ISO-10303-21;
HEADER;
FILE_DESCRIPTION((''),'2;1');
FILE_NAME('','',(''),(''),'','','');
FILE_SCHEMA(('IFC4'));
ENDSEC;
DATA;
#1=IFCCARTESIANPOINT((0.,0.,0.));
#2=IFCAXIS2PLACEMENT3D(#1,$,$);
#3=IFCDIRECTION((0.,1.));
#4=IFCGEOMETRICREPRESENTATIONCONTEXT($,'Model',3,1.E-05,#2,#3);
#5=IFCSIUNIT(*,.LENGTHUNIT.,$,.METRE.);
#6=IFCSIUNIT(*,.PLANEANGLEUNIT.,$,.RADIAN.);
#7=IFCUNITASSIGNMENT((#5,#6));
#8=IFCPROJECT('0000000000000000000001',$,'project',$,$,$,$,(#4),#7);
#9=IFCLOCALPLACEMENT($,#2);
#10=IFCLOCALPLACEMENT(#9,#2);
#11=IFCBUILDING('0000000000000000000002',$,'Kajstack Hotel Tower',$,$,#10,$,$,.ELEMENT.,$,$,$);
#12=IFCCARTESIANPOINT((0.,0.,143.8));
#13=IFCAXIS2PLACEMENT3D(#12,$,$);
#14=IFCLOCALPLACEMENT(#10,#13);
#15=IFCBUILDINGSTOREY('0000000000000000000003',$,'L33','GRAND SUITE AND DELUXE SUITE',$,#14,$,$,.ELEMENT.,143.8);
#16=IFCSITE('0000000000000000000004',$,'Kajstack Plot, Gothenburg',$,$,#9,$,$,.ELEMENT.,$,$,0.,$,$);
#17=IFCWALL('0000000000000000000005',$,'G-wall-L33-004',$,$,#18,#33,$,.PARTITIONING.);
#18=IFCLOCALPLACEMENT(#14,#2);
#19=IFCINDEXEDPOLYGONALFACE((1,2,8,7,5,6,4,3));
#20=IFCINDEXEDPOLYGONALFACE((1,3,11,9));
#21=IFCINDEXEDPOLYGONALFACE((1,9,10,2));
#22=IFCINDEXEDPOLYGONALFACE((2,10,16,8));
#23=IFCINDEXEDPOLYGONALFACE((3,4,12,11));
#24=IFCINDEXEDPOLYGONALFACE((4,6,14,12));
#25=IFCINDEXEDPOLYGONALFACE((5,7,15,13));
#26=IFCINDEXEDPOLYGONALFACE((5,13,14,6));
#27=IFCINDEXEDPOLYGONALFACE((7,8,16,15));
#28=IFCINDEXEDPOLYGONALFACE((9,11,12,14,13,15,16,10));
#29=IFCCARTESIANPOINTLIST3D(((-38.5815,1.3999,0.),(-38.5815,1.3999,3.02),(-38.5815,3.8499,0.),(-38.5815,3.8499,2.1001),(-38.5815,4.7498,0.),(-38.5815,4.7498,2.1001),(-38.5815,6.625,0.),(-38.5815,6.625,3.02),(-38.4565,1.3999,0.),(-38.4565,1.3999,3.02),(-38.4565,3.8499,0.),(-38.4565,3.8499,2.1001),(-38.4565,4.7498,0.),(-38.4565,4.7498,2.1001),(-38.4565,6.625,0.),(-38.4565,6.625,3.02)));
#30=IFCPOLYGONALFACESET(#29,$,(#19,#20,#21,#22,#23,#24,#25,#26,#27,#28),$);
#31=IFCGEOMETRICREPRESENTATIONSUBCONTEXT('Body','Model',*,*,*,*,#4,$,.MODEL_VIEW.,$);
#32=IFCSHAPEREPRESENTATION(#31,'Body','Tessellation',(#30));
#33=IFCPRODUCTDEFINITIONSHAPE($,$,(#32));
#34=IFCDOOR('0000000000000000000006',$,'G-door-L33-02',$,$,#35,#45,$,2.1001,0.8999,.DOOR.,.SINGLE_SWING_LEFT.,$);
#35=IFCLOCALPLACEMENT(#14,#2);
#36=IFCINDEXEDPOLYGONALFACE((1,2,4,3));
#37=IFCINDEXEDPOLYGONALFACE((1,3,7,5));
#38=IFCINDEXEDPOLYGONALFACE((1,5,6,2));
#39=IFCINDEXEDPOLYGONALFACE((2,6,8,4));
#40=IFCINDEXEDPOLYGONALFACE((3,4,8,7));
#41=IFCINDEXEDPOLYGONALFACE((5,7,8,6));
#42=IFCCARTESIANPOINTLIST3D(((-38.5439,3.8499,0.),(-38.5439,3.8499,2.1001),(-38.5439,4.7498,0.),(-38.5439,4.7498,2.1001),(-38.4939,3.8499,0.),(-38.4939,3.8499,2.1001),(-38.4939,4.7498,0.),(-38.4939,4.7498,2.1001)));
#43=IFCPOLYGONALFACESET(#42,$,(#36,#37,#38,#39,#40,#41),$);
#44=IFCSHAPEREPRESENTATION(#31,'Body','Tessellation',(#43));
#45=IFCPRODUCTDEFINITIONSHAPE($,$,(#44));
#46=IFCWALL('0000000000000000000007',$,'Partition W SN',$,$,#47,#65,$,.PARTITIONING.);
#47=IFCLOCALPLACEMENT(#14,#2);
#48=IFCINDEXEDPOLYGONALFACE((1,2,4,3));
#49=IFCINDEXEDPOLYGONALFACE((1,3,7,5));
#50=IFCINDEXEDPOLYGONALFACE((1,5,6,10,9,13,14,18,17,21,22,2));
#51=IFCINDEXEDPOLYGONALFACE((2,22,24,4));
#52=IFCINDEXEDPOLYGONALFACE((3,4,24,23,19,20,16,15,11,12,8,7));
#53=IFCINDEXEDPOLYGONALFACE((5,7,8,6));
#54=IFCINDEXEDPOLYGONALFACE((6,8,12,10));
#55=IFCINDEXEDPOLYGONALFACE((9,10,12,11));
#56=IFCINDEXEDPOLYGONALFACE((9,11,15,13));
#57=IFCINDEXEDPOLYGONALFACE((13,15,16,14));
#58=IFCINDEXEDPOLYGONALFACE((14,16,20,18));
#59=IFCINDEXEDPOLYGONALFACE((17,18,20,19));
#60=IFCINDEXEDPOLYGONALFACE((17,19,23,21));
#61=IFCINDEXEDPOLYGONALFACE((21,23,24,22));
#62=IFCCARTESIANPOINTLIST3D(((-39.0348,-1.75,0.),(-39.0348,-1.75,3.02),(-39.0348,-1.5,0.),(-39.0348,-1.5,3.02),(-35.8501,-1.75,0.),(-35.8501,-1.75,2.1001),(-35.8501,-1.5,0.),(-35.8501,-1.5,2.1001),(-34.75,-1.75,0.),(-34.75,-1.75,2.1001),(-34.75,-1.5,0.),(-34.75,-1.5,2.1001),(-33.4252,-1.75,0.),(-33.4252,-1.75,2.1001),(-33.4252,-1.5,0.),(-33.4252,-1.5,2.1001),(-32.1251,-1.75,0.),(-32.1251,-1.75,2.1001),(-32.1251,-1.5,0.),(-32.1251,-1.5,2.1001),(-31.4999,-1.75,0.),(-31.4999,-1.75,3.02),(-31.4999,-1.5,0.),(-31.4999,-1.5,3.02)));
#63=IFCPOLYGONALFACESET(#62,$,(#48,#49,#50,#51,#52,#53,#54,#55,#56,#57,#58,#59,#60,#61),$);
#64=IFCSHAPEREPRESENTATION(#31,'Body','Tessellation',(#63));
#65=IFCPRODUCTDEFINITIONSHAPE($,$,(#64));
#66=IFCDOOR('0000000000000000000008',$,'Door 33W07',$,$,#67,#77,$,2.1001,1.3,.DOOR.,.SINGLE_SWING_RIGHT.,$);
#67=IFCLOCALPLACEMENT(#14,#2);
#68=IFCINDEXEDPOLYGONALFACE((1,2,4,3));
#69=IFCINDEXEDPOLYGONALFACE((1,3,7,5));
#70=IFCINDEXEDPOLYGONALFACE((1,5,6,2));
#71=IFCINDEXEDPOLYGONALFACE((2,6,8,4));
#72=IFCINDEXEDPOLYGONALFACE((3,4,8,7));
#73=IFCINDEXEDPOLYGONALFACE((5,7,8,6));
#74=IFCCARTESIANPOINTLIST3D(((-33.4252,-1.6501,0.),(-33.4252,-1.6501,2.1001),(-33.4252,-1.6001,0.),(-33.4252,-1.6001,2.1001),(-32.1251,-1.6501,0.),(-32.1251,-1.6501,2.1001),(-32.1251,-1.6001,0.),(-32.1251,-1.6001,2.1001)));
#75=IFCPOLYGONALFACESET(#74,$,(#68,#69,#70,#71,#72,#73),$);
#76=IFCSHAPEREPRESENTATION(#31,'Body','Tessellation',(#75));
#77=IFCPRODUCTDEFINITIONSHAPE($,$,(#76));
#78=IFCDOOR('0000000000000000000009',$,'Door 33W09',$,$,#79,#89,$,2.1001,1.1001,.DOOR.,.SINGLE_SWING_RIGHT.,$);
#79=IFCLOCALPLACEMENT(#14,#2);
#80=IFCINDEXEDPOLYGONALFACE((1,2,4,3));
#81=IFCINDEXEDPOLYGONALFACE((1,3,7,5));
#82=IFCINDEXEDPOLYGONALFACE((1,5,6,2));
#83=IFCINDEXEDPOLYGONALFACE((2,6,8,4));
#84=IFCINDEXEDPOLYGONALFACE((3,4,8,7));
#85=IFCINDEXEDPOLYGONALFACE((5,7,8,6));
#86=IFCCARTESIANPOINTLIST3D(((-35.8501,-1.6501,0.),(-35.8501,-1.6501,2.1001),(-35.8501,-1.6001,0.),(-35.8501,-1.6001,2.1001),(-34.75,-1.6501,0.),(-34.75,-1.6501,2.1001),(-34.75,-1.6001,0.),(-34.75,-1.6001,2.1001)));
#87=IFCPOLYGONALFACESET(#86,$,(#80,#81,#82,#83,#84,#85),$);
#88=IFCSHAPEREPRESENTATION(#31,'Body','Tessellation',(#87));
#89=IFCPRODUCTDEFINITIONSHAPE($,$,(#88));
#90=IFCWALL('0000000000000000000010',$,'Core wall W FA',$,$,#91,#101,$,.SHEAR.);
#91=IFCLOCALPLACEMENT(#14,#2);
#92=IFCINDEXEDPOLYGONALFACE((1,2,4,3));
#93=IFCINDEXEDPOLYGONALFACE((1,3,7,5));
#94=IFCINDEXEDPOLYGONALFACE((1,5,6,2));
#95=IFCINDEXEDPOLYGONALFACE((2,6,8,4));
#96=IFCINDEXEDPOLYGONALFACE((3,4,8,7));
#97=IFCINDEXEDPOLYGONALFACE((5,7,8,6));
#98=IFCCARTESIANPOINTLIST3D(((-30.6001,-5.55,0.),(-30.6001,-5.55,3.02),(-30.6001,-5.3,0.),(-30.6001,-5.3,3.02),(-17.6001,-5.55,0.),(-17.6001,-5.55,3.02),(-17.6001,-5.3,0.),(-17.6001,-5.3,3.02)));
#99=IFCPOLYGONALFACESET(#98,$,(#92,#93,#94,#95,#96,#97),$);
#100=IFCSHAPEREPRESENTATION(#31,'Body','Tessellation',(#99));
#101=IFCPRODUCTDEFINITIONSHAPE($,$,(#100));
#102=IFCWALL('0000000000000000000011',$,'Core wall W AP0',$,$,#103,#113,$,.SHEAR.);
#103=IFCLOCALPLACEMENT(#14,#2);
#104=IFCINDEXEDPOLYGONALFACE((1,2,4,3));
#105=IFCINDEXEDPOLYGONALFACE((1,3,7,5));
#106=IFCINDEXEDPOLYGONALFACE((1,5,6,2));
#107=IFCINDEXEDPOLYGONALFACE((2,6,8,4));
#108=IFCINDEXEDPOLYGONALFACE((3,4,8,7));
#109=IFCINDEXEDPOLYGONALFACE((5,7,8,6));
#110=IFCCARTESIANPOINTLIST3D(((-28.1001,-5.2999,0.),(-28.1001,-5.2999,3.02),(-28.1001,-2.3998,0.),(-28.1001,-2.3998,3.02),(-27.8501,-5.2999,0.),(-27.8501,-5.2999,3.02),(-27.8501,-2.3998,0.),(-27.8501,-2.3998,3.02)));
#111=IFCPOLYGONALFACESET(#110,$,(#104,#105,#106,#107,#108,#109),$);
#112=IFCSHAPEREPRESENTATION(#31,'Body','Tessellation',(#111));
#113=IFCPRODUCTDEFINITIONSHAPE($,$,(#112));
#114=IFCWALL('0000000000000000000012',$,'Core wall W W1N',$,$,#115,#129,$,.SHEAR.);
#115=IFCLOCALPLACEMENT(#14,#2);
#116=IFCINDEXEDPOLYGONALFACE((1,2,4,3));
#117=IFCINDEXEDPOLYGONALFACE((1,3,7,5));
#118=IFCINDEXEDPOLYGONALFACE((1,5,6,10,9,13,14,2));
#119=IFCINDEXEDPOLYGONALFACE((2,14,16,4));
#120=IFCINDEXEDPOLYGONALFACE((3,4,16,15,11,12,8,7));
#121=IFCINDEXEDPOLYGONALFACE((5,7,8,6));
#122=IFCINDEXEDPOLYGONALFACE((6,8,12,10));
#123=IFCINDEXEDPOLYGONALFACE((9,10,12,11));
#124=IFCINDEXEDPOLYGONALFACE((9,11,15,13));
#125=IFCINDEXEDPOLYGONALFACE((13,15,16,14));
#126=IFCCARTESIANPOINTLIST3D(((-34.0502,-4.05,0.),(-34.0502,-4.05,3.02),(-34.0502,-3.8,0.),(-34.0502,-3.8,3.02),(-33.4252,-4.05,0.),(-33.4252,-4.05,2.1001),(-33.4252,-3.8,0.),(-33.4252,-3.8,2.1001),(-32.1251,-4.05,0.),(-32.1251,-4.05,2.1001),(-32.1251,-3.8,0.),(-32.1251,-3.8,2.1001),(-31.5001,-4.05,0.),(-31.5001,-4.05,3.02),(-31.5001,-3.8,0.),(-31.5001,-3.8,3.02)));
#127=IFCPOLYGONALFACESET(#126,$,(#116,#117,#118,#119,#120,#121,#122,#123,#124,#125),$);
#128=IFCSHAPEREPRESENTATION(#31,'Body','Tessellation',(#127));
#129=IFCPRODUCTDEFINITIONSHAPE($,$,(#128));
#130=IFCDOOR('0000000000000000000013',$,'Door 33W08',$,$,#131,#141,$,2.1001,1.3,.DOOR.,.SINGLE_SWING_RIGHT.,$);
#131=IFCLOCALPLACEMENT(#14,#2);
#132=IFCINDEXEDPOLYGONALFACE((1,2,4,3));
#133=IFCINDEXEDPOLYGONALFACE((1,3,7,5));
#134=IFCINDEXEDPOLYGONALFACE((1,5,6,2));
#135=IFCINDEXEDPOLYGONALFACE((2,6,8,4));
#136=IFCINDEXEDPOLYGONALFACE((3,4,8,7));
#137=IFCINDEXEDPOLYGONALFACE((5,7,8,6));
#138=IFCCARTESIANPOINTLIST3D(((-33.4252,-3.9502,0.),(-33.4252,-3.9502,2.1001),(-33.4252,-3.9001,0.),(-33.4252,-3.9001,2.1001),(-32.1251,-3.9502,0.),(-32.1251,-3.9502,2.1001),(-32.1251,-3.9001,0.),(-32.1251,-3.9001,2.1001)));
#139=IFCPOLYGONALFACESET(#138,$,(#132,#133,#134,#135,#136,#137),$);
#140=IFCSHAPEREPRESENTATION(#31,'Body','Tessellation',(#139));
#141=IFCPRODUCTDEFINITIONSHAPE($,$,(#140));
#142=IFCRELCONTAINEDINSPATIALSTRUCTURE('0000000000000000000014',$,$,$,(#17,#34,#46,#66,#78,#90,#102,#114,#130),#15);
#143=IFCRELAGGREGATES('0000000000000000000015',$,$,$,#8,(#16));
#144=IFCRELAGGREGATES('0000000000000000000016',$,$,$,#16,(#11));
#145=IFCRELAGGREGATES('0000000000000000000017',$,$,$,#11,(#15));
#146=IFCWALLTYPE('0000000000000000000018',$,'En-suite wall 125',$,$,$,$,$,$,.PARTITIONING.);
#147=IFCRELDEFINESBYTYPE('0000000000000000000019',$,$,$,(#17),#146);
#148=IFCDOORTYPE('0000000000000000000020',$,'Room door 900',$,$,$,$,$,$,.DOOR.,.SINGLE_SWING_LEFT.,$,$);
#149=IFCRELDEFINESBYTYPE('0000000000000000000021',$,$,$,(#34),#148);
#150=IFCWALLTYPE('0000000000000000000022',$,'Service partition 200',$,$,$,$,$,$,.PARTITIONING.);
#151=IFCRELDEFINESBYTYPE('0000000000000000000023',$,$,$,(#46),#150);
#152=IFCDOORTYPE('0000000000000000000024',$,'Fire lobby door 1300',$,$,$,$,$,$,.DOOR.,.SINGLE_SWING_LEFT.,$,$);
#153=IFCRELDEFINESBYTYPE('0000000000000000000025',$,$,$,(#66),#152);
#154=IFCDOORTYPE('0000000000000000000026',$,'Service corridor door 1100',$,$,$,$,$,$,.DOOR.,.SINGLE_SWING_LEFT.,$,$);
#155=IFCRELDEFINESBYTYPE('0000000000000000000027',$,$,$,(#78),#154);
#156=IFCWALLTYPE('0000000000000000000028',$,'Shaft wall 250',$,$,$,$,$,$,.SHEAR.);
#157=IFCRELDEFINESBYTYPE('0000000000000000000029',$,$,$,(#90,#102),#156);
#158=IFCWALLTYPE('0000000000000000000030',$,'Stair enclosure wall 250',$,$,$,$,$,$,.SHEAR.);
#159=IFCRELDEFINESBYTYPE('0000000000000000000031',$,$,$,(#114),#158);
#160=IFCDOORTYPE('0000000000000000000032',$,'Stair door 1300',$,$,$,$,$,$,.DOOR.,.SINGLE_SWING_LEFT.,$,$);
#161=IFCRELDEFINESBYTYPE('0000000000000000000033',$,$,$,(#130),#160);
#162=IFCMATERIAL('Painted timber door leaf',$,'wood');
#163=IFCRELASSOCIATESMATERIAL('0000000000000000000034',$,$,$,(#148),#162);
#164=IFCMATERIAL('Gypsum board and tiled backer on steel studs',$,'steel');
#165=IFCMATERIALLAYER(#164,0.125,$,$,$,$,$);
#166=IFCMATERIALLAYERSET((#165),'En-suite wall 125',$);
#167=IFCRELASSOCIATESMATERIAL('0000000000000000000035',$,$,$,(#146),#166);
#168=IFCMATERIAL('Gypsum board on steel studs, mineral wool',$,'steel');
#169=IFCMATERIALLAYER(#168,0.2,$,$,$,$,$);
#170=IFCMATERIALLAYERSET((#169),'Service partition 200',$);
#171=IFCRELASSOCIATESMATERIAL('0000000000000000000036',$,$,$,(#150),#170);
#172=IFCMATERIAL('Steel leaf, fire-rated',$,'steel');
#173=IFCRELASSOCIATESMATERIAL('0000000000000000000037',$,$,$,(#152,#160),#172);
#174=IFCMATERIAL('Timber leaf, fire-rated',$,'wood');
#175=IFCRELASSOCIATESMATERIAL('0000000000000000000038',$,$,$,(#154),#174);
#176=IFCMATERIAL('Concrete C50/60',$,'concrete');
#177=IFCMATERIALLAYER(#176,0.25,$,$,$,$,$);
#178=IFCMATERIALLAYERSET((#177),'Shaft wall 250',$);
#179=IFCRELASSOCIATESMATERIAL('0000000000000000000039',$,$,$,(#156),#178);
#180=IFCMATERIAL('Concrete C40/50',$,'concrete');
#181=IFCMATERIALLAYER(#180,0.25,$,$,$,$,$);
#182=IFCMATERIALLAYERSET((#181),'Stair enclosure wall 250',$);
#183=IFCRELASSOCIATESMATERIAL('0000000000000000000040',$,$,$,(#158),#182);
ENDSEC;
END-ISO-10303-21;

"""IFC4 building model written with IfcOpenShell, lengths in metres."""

from ifc_helpers import new_model, si_unit, direction, frame, frame_2d, origin, place, context, subcontext, project, spatial, rectangle, extrude, material, layer, layer_set, type_object, element, fill, save


model = new_model("IFC4")

# Units and contexts
model_context = context("Model", 3, precision=1e-05, world=origin(), true_north=direction((0.0, 1.0)))
body_context = subcontext(model_context, "Body", "Model", "MODEL_VIEW")
ifc_project = project(units=[si_unit("LENGTHUNIT", "METRE"), si_unit("PLANEANGLEUNIT", "RADIAN")], contexts=[model_context])

# Site, building, storey
site_placement = place(None, origin())
site = spatial("IfcSite", under=ifc_project, at=site_placement, Name="Kajstack Plot, Gothenburg", CompositionType="ELEMENT", RefElevation=0.0)
building_placement = place(site_placement, origin())
building = spatial("IfcBuilding", under=site, at=building_placement, Name="Kajstack Hotel Tower", CompositionType="ELEMENT")
storey_placement = place(building_placement, frame((0.0, 0.0, 143.8)))
storey = spatial("IfcBuildingStorey", under=building, at=storey_placement, Name="L33", Description="GRAND SUITE AND DELUXE SUITE", CompositionType="ELEMENT", Elevation=143.8)

# Shared definitions
ifc_material_1 = material(Name="Gypsum board on steel studs, mineral wool", Category="steel")
ifc_material_2 = material(Name="Painted timber door leaf", Category="wood")
door_type_1 = type_object("IfcDoorType", Name="Room door 900", OperationType="SINGLE_SWING_LEFT", PredefinedType="DOOR", material=ifc_material_2)

# Wall, opening, door
ifc_material_3 = material(Name="Gypsum board and tiled backer on steel studs", Category="steel")
ifc_layer_1 = layer(ifc_material_3, 0.125)
ifc_layer_set_1 = layer_set([ifc_layer_1], Name="En-suite wall 125")
wall_type_1 = type_object("IfcWallType", Name="En-suite wall 125", PredefinedType="PARTITIONING", material=ifc_layer_set_1)
wall_1_placement = place(storey_placement, frame((-38.519, 1.3999, 0.0), z_axis=(0.0, 0.0, 1.0), x_axis=(0.0, 1.0, 0.0)))
wall_1 = element("IfcWall", 1, at=wall_1_placement, inside=storey, type_object=wall_type_1, Name="G-wall-L33-004", PredefinedType="PARTITIONING", context=body_context, shape_type="SweptSolid", body=[
    extrude(rectangle(XDim=5.2251, YDim=0.125, at=frame_2d((2.6125, 0.0))), origin(), (0.0, 0.0, 1.0), 3.02),
])
opening_1_placement = place(wall_1_placement, frame((2.45, 0.0, 0.0)))
opening_1 = element("IfcOpeningElement", 2, at=opening_1_placement, cuts=wall_1, PredefinedType="OPENING", context=body_context, shape_type="SweptSolid", body=[
    extrude(rectangle(XDim=0.8999, YDim=2.1001, at=frame_2d((0.45, 1.05))), frame((0.0, 0.0725, 0.0), z_axis=(0.0, -1.0, 0.0), x_axis=(1.0, 0.0, 0.0)), (0.0, 0.0, 1.0), 0.145),
])
door_1_placement = place(opening_1_placement, origin())
door_1 = element("IfcDoor", 3, at=door_1_placement, inside=storey, type_object=door_type_1, Name="G-door-L33-02", OperationType="SINGLE_SWING_LEFT", OverallHeight=2.1001, OverallWidth=0.8999, PredefinedType="DOOR", context=body_context, shape_type="SweptSolid", body=[
    extrude(rectangle(XDim=0.8999, YDim=2.1001, at=frame_2d((0.45, 1.05))), frame((0.0, 0.0249, 0.0), z_axis=(0.0, -1.0, 0.0), x_axis=(1.0, 0.0, 0.0)), (0.0, 0.0, 1.0), 0.05),
])
fill(opening_1, door_1)

# Wall, openings, doors
ifc_layer_2 = layer(ifc_material_1, 0.2)
ifc_layer_set_2 = layer_set([ifc_layer_2], Name="Service partition 200")
wall_type_2 = type_object("IfcWallType", Name="Service partition 200", PredefinedType="PARTITIONING", material=ifc_layer_set_2)
wall_2_placement = place(storey_placement, frame((-39.0349, -1.625, 0.0), z_axis=(0.0, 0.0, 1.0), x_axis=(1.0, 0.0, 0.0)))
wall_2 = element("IfcWall", 4, at=wall_2_placement, inside=storey, type_object=wall_type_2, Name="Partition W SN", PredefinedType="PARTITIONING", context=body_context, shape_type="SweptSolid", body=[
    extrude(rectangle(XDim=7.5349, YDim=0.25, at=frame_2d((3.7676, 0.0))), origin(), (0.0, 0.0, 1.0), 3.02),
])
opening_2_placement = place(wall_2_placement, frame((5.6099, 0.0, 0.0)))
opening_2 = element("IfcOpeningElement", 5, at=opening_2_placement, cuts=wall_2, PredefinedType="OPENING", context=body_context, shape_type="SweptSolid", body=[
    extrude(rectangle(XDim=1.3, YDim=2.1001, at=frame_2d((0.6499, 1.05))), frame((0.0, 0.135, 0.0), z_axis=(0.0, -1.0, 0.0), x_axis=(1.0, 0.0, 0.0)), (0.0, 0.0, 1.0), 0.27),
])
opening_3_placement = place(wall_2_placement, frame((3.1848, 0.0, 0.0)))
opening_3 = element("IfcOpeningElement", 6, at=opening_3_placement, cuts=wall_2, PredefinedType="OPENING", context=body_context, shape_type="SweptSolid", body=[
    extrude(rectangle(XDim=1.1001, YDim=2.1001, at=frame_2d((0.55, 1.05))), frame((0.0, 0.135, 0.0), z_axis=(0.0, -1.0, 0.0), x_axis=(1.0, 0.0, 0.0)), (0.0, 0.0, 1.0), 0.27),
])
ifc_material_4 = material(Name="Steel leaf, fire-rated", Category="steel")
door_type_2 = type_object("IfcDoorType", Name="Fire lobby door 1300", OperationType="SINGLE_SWING_LEFT", PredefinedType="DOOR", material=ifc_material_4)
door_2_placement = place(opening_2_placement, origin())
door_2 = element("IfcDoor", 7, at=door_2_placement, inside=storey, type_object=door_type_2, Name="Door 33W07", OperationType="SINGLE_SWING_RIGHT", OverallHeight=2.1001, OverallWidth=1.3, PredefinedType="DOOR", context=body_context, shape_type="SweptSolid", body=[
    extrude(rectangle(XDim=1.3, YDim=2.1001, at=frame_2d((0.6499, 1.05))), frame((0.0, 0.0249, 0.0), z_axis=(0.0, -1.0, 0.0), x_axis=(1.0, 0.0, 0.0)), (0.0, 0.0, 1.0), 0.05),
])
fill(opening_2, door_2)
ifc_material_5 = material(Name="Timber leaf, fire-rated", Category="wood")
door_type_3 = type_object("IfcDoorType", Name="Service corridor door 1100", OperationType="SINGLE_SWING_LEFT", PredefinedType="DOOR", material=ifc_material_5)
door_3_placement = place(opening_3_placement, origin())
door_3 = element("IfcDoor", 8, at=door_3_placement, inside=storey, type_object=door_type_3, Name="Door 33W09", OperationType="SINGLE_SWING_RIGHT", OverallHeight=2.1001, OverallWidth=1.1001, PredefinedType="DOOR", context=body_context, shape_type="SweptSolid", body=[
    extrude(rectangle(XDim=1.1001, YDim=2.1001, at=frame_2d((0.55, 1.05))), frame((0.0, 0.0249, 0.0), z_axis=(0.0, -1.0, 0.0), x_axis=(1.0, 0.0, 0.0)), (0.0, 0.0, 1.0), 0.05),
])
fill(opening_3, door_3)

# Walls
ifc_material_6 = material(Name="Concrete C50/60", Category="concrete")
ifc_layer_3 = layer(ifc_material_6, 0.25)
ifc_layer_set_3 = layer_set([ifc_layer_3], Name="Shaft wall 250")
wall_type_3 = type_object("IfcWallType", Name="Shaft wall 250", PredefinedType="SHEAR", material=ifc_layer_set_3)
wall_3_placement = place(storey_placement, frame((-30.6001, -5.425, 0.0), z_axis=(0.0, 0.0, 1.0), x_axis=(1.0, 0.0, 0.0)))
element("IfcWall", 9, at=wall_3_placement, inside=storey, type_object=wall_type_3, Name="Core wall W FA", PredefinedType="SHEAR", context=body_context, shape_type="SweptSolid", body=[
    extrude(rectangle(XDim=13.0, YDim=0.25, at=frame_2d((6.5, 0.0))), origin(), (0.0, 0.0, 1.0), 3.02),
])
wall_4_placement = place(storey_placement, frame((-27.9751, -5.3, 0.0), z_axis=(0.0, 0.0, 1.0), x_axis=(0.0, 1.0, 0.0)))
element("IfcWall", 10, at=wall_4_placement, inside=storey, type_object=wall_type_3, Name="Core wall W AP0", PredefinedType="SHEAR", context=body_context, shape_type="SweptSolid", body=[
    extrude(rectangle(XDim=2.9001, YDim=0.25, at=frame_2d((1.4502, 0.0))), origin(), (0.0, 0.0, 1.0), 3.02),
])

# Wall, opening, door
ifc_material_7 = material(Name="Concrete C40/50", Category="concrete")
ifc_layer_4 = layer(ifc_material_7, 0.25)
ifc_layer_set_4 = layer_set([ifc_layer_4], Name="Stair enclosure wall 250")
wall_type_4 = type_object("IfcWallType", Name="Stair enclosure wall 250", PredefinedType="SHEAR", material=ifc_layer_set_4)
wall_5_placement = place(storey_placement, frame((-34.05, -3.925, 0.0), z_axis=(0.0, 0.0, 1.0), x_axis=(1.0, 0.0, 0.0)))
wall_5 = element("IfcWall", 11, at=wall_5_placement, inside=storey, type_object=wall_type_4, Name="Core wall W W1N", PredefinedType="SHEAR", context=body_context, shape_type="SweptSolid", body=[
    extrude(rectangle(XDim=2.55, YDim=0.25, at=frame_2d((1.2749, 0.0))), origin(), (0.0, 0.0, 1.0), 3.02),
])
opening_4_placement = place(wall_5_placement, frame((0.625, 0.0, 0.0)))
opening_4 = element("IfcOpeningElement", 12, at=opening_4_placement, cuts=wall_5, PredefinedType="OPENING", context=body_context, shape_type="SweptSolid", body=[
    extrude(rectangle(XDim=1.3, YDim=2.1001, at=frame_2d((0.6499, 1.05))), frame((0.0, 0.135, 0.0), z_axis=(0.0, -1.0, 0.0), x_axis=(1.0, 0.0, 0.0)), (0.0, 0.0, 1.0), 0.27),
])
door_type_4 = type_object("IfcDoorType", Name="Stair door 1300", OperationType="SINGLE_SWING_LEFT", PredefinedType="DOOR", material=ifc_material_4)
door_4_placement = place(opening_4_placement, origin())
door_4 = element("IfcDoor", 13, at=door_4_placement, inside=storey, type_object=door_type_4, Name="Door 33W08", OperationType="SINGLE_SWING_RIGHT", OverallHeight=2.1001, OverallWidth=1.3, PredefinedType="DOOR", context=body_context, shape_type="SweptSolid", body=[
    extrude(rectangle(XDim=1.3, YDim=2.1001, at=frame_2d((0.6499, 1.05))), frame((0.0, 0.0249, 0.0), z_axis=(0.0, -1.0, 0.0), x_axis=(1.0, 0.0, 0.0)), (0.0, 0.0, 1.0), 0.05),
])
fill(opening_4, door_4)

save(model, "model.ifc")
